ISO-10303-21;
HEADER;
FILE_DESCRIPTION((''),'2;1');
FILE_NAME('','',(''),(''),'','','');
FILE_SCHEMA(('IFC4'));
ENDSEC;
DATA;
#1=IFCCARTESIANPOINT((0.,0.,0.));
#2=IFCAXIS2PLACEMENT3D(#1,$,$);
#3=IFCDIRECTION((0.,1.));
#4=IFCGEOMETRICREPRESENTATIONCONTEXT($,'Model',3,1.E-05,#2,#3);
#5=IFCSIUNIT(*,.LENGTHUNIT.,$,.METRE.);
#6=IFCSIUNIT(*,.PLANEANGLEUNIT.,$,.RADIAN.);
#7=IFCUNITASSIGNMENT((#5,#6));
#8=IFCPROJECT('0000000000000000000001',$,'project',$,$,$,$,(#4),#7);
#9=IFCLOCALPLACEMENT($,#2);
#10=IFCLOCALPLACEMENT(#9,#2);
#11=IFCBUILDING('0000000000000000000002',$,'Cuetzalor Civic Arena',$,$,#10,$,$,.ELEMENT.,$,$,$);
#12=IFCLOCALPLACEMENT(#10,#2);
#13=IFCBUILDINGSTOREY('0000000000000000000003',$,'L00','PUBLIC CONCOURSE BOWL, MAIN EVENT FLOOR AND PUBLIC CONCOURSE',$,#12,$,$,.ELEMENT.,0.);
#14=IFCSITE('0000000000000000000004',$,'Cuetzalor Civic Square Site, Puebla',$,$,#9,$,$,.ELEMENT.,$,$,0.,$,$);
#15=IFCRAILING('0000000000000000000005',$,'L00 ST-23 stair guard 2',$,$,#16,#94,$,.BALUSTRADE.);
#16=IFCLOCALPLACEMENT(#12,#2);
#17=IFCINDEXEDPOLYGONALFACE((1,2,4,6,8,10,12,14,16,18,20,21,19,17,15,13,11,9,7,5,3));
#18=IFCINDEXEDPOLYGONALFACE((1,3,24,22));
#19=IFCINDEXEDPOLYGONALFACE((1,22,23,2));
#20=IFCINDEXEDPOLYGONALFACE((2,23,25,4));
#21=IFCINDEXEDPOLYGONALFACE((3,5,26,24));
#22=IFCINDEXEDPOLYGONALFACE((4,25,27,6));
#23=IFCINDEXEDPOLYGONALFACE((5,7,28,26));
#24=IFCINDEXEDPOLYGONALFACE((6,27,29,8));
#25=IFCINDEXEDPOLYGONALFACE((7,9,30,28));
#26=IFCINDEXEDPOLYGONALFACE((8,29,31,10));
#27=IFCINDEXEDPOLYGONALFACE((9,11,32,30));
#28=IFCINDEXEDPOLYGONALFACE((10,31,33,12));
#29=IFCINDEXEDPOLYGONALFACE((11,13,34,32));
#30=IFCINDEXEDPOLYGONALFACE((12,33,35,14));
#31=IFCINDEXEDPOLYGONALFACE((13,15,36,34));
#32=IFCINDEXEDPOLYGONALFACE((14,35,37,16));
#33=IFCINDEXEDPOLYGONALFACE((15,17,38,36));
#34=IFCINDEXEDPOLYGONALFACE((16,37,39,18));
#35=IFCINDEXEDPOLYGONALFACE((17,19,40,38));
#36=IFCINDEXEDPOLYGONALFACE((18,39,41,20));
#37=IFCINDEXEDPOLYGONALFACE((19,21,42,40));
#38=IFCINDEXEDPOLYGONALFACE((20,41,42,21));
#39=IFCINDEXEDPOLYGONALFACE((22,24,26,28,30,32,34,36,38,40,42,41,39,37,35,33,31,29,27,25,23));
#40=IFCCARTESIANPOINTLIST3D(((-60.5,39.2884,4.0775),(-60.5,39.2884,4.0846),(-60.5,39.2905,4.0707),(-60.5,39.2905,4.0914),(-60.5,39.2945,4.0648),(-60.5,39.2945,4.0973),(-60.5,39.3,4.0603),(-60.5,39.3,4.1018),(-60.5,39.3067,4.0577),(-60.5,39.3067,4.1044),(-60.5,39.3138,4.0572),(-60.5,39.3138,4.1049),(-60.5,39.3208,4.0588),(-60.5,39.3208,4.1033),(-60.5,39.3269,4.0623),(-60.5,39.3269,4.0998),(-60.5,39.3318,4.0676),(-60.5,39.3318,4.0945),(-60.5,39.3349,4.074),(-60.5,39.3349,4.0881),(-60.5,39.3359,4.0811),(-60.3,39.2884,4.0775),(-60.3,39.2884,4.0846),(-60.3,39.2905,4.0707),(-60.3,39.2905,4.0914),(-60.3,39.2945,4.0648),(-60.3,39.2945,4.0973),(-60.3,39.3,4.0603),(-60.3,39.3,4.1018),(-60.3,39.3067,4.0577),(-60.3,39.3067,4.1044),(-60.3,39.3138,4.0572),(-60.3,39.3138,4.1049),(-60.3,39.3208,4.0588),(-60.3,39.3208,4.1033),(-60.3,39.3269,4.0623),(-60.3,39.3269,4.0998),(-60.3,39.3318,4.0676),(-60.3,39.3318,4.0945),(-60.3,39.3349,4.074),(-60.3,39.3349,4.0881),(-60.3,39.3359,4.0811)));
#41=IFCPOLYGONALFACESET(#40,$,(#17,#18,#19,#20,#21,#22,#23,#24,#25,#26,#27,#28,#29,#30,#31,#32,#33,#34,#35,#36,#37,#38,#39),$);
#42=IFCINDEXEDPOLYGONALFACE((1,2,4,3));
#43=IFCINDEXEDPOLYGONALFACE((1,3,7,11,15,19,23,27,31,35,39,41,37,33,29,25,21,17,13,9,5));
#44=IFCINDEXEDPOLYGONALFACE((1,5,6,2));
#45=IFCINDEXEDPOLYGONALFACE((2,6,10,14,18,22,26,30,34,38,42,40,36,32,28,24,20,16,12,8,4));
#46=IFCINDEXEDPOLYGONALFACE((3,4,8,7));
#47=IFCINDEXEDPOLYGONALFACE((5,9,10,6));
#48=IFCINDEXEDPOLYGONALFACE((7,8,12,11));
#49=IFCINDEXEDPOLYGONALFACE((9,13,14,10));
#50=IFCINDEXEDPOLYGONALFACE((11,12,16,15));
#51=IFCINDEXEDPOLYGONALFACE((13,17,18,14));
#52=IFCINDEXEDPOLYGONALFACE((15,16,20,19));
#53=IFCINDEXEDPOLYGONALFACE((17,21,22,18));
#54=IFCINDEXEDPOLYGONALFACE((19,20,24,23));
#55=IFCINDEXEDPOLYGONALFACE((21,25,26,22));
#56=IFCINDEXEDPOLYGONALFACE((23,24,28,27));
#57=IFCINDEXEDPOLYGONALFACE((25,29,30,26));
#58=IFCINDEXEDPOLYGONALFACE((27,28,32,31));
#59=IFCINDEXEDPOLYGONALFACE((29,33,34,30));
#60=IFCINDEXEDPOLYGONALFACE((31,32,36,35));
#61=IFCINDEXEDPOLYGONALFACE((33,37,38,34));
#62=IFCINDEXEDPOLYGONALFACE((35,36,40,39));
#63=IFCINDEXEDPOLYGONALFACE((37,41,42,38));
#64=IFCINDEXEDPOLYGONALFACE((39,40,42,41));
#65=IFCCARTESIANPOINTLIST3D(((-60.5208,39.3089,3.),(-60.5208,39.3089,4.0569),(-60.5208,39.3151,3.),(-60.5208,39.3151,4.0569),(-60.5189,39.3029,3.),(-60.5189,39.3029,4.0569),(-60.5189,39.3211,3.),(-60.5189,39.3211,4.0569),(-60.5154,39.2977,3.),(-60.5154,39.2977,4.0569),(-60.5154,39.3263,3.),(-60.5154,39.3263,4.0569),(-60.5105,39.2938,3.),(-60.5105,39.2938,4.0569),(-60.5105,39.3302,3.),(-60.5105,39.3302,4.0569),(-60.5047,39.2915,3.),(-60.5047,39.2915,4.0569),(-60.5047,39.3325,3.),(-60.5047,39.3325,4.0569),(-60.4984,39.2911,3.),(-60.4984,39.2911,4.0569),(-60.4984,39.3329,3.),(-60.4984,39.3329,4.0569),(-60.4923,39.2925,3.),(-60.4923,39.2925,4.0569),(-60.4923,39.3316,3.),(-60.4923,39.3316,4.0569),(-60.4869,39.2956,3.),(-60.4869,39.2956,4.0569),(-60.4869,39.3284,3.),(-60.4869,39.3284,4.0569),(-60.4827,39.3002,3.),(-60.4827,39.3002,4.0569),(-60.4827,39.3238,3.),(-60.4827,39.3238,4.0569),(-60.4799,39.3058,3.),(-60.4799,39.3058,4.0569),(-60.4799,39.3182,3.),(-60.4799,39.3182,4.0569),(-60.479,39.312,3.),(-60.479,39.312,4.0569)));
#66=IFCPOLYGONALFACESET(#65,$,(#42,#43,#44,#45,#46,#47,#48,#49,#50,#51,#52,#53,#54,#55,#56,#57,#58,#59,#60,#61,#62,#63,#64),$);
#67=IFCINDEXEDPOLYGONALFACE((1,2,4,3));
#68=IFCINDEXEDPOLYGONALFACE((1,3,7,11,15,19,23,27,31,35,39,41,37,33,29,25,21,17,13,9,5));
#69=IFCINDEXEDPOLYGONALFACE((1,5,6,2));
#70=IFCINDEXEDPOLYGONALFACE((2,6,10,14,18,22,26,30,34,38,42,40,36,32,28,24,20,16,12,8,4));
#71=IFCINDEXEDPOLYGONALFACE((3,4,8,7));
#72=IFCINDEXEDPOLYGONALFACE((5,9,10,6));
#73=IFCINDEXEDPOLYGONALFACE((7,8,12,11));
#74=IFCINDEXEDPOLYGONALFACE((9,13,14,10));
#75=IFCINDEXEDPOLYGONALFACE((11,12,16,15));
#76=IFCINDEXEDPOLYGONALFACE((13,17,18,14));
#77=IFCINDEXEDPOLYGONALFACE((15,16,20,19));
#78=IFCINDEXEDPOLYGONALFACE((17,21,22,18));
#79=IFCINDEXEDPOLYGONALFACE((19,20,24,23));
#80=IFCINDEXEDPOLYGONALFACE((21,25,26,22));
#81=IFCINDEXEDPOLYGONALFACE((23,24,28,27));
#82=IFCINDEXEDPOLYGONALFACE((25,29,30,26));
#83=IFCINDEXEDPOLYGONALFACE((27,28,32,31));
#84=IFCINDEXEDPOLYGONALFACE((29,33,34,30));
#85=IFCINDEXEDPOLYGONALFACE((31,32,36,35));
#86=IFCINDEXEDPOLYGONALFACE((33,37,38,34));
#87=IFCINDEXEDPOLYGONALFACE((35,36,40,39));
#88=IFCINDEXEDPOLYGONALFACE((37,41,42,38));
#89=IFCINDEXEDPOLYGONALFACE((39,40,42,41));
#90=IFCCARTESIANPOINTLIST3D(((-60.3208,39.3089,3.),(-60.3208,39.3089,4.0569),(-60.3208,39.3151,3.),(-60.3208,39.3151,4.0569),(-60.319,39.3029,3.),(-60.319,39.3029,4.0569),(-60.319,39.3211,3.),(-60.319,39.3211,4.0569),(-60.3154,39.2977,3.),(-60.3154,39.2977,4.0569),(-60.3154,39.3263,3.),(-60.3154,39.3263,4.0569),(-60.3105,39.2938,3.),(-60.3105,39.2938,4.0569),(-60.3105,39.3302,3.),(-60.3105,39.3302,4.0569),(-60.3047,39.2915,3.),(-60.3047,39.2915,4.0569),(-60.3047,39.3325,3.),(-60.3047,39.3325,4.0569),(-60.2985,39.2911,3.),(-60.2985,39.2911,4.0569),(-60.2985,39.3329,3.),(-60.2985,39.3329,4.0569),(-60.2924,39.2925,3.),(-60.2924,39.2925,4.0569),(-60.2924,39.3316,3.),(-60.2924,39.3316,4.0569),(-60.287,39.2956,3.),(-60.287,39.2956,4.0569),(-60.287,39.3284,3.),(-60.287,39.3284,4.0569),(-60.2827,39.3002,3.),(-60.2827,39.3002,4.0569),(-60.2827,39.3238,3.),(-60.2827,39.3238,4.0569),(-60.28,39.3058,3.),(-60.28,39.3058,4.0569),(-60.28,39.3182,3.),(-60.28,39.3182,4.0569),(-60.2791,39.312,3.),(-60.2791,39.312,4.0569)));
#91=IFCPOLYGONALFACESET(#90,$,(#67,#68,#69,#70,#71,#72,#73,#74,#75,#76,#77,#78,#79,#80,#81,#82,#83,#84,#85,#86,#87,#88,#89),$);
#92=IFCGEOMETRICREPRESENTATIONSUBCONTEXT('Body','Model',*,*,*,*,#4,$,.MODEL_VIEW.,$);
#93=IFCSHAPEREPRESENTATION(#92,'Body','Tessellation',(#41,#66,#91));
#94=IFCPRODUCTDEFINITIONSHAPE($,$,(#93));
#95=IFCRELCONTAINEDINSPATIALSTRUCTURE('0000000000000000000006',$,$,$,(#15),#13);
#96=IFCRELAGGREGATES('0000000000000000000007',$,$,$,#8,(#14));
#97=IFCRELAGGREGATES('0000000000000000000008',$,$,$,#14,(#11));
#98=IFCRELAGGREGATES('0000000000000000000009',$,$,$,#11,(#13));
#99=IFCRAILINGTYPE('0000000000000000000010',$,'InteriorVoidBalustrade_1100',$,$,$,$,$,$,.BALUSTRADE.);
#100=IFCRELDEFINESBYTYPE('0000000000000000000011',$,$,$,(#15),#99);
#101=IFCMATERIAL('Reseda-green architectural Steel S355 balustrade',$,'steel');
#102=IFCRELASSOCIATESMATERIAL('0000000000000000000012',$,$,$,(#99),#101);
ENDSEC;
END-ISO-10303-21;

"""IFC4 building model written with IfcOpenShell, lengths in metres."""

from ifc_helpers import new_model, si_unit, direction, frame, origin, origin_2d, place, context, subcontext, project, spatial, circle, extrude, material, type_object, element, save


model = new_model("IFC4")

# Units and contexts
model_context = context("Model", 3, precision=1e-05, world=origin(), true_north=direction((0.0, 1.0)))
body_context = subcontext(model_context, "Body", "Model", "MODEL_VIEW")
ifc_project = project(units=[si_unit("LENGTHUNIT", "METRE"), si_unit("PLANEANGLEUNIT", "RADIAN")], contexts=[model_context])

# Site, building, storey
site_placement = place(None, origin())
site = spatial("IfcSite", under=ifc_project, at=site_placement, Name="Cuetzalor Civic Square Site, Puebla", CompositionType="ELEMENT", RefElevation=0.0)
building_placement = place(site_placement, origin())
building = spatial("IfcBuilding", under=site, at=building_placement, Name="Cuetzalor Civic Arena", CompositionType="ELEMENT")
storey_placement = place(building_placement, origin())
storey = spatial("IfcBuildingStorey", under=building, at=storey_placement, Name="L00", Description="PUBLIC CONCOURSE BOWL, MAIN EVENT FLOOR AND PUBLIC CONCOURSE", CompositionType="ELEMENT", Elevation=0.0)

# Railing
ifc_material_1 = material(Name="Reseda-green architectural Steel S355 balustrade", Category="steel")
railing_type_1 = type_object("IfcRailingType", Name="InteriorVoidBalustrade_1100", PredefinedType="BALUSTRADE", material=ifc_material_1)
railing_1_placement = place(storey_placement, frame((-60.5, 39.312, 3.0)))
element("IfcRailing", 1, at=railing_1_placement, inside=storey, type_object=railing_type_1, Name="L00 ST-23 stair guard 2", PredefinedType="BALUSTRADE", context=body_context, shape_type="SweptSolid", body=[
    extrude(circle(Radius=0.0239, at=origin_2d()), frame((0.0, 0.0, 1.0811), z_axis=(1.0, 0.0, 0.0), x_axis=(0.0, 1.0, 0.0)), (0.0, 0.0, 1.0), 0.2),
    extrude(circle(Radius=0.021, at=origin_2d()), origin(), (0.0, 0.0, 1.0), 1.0569),
    extrude(circle(Radius=0.021, at=origin_2d()), frame((0.2, 0.0, 0.0)), (0.0, 0.0, 1.0), 1.0569),
])

save(model, "model.ifc")
